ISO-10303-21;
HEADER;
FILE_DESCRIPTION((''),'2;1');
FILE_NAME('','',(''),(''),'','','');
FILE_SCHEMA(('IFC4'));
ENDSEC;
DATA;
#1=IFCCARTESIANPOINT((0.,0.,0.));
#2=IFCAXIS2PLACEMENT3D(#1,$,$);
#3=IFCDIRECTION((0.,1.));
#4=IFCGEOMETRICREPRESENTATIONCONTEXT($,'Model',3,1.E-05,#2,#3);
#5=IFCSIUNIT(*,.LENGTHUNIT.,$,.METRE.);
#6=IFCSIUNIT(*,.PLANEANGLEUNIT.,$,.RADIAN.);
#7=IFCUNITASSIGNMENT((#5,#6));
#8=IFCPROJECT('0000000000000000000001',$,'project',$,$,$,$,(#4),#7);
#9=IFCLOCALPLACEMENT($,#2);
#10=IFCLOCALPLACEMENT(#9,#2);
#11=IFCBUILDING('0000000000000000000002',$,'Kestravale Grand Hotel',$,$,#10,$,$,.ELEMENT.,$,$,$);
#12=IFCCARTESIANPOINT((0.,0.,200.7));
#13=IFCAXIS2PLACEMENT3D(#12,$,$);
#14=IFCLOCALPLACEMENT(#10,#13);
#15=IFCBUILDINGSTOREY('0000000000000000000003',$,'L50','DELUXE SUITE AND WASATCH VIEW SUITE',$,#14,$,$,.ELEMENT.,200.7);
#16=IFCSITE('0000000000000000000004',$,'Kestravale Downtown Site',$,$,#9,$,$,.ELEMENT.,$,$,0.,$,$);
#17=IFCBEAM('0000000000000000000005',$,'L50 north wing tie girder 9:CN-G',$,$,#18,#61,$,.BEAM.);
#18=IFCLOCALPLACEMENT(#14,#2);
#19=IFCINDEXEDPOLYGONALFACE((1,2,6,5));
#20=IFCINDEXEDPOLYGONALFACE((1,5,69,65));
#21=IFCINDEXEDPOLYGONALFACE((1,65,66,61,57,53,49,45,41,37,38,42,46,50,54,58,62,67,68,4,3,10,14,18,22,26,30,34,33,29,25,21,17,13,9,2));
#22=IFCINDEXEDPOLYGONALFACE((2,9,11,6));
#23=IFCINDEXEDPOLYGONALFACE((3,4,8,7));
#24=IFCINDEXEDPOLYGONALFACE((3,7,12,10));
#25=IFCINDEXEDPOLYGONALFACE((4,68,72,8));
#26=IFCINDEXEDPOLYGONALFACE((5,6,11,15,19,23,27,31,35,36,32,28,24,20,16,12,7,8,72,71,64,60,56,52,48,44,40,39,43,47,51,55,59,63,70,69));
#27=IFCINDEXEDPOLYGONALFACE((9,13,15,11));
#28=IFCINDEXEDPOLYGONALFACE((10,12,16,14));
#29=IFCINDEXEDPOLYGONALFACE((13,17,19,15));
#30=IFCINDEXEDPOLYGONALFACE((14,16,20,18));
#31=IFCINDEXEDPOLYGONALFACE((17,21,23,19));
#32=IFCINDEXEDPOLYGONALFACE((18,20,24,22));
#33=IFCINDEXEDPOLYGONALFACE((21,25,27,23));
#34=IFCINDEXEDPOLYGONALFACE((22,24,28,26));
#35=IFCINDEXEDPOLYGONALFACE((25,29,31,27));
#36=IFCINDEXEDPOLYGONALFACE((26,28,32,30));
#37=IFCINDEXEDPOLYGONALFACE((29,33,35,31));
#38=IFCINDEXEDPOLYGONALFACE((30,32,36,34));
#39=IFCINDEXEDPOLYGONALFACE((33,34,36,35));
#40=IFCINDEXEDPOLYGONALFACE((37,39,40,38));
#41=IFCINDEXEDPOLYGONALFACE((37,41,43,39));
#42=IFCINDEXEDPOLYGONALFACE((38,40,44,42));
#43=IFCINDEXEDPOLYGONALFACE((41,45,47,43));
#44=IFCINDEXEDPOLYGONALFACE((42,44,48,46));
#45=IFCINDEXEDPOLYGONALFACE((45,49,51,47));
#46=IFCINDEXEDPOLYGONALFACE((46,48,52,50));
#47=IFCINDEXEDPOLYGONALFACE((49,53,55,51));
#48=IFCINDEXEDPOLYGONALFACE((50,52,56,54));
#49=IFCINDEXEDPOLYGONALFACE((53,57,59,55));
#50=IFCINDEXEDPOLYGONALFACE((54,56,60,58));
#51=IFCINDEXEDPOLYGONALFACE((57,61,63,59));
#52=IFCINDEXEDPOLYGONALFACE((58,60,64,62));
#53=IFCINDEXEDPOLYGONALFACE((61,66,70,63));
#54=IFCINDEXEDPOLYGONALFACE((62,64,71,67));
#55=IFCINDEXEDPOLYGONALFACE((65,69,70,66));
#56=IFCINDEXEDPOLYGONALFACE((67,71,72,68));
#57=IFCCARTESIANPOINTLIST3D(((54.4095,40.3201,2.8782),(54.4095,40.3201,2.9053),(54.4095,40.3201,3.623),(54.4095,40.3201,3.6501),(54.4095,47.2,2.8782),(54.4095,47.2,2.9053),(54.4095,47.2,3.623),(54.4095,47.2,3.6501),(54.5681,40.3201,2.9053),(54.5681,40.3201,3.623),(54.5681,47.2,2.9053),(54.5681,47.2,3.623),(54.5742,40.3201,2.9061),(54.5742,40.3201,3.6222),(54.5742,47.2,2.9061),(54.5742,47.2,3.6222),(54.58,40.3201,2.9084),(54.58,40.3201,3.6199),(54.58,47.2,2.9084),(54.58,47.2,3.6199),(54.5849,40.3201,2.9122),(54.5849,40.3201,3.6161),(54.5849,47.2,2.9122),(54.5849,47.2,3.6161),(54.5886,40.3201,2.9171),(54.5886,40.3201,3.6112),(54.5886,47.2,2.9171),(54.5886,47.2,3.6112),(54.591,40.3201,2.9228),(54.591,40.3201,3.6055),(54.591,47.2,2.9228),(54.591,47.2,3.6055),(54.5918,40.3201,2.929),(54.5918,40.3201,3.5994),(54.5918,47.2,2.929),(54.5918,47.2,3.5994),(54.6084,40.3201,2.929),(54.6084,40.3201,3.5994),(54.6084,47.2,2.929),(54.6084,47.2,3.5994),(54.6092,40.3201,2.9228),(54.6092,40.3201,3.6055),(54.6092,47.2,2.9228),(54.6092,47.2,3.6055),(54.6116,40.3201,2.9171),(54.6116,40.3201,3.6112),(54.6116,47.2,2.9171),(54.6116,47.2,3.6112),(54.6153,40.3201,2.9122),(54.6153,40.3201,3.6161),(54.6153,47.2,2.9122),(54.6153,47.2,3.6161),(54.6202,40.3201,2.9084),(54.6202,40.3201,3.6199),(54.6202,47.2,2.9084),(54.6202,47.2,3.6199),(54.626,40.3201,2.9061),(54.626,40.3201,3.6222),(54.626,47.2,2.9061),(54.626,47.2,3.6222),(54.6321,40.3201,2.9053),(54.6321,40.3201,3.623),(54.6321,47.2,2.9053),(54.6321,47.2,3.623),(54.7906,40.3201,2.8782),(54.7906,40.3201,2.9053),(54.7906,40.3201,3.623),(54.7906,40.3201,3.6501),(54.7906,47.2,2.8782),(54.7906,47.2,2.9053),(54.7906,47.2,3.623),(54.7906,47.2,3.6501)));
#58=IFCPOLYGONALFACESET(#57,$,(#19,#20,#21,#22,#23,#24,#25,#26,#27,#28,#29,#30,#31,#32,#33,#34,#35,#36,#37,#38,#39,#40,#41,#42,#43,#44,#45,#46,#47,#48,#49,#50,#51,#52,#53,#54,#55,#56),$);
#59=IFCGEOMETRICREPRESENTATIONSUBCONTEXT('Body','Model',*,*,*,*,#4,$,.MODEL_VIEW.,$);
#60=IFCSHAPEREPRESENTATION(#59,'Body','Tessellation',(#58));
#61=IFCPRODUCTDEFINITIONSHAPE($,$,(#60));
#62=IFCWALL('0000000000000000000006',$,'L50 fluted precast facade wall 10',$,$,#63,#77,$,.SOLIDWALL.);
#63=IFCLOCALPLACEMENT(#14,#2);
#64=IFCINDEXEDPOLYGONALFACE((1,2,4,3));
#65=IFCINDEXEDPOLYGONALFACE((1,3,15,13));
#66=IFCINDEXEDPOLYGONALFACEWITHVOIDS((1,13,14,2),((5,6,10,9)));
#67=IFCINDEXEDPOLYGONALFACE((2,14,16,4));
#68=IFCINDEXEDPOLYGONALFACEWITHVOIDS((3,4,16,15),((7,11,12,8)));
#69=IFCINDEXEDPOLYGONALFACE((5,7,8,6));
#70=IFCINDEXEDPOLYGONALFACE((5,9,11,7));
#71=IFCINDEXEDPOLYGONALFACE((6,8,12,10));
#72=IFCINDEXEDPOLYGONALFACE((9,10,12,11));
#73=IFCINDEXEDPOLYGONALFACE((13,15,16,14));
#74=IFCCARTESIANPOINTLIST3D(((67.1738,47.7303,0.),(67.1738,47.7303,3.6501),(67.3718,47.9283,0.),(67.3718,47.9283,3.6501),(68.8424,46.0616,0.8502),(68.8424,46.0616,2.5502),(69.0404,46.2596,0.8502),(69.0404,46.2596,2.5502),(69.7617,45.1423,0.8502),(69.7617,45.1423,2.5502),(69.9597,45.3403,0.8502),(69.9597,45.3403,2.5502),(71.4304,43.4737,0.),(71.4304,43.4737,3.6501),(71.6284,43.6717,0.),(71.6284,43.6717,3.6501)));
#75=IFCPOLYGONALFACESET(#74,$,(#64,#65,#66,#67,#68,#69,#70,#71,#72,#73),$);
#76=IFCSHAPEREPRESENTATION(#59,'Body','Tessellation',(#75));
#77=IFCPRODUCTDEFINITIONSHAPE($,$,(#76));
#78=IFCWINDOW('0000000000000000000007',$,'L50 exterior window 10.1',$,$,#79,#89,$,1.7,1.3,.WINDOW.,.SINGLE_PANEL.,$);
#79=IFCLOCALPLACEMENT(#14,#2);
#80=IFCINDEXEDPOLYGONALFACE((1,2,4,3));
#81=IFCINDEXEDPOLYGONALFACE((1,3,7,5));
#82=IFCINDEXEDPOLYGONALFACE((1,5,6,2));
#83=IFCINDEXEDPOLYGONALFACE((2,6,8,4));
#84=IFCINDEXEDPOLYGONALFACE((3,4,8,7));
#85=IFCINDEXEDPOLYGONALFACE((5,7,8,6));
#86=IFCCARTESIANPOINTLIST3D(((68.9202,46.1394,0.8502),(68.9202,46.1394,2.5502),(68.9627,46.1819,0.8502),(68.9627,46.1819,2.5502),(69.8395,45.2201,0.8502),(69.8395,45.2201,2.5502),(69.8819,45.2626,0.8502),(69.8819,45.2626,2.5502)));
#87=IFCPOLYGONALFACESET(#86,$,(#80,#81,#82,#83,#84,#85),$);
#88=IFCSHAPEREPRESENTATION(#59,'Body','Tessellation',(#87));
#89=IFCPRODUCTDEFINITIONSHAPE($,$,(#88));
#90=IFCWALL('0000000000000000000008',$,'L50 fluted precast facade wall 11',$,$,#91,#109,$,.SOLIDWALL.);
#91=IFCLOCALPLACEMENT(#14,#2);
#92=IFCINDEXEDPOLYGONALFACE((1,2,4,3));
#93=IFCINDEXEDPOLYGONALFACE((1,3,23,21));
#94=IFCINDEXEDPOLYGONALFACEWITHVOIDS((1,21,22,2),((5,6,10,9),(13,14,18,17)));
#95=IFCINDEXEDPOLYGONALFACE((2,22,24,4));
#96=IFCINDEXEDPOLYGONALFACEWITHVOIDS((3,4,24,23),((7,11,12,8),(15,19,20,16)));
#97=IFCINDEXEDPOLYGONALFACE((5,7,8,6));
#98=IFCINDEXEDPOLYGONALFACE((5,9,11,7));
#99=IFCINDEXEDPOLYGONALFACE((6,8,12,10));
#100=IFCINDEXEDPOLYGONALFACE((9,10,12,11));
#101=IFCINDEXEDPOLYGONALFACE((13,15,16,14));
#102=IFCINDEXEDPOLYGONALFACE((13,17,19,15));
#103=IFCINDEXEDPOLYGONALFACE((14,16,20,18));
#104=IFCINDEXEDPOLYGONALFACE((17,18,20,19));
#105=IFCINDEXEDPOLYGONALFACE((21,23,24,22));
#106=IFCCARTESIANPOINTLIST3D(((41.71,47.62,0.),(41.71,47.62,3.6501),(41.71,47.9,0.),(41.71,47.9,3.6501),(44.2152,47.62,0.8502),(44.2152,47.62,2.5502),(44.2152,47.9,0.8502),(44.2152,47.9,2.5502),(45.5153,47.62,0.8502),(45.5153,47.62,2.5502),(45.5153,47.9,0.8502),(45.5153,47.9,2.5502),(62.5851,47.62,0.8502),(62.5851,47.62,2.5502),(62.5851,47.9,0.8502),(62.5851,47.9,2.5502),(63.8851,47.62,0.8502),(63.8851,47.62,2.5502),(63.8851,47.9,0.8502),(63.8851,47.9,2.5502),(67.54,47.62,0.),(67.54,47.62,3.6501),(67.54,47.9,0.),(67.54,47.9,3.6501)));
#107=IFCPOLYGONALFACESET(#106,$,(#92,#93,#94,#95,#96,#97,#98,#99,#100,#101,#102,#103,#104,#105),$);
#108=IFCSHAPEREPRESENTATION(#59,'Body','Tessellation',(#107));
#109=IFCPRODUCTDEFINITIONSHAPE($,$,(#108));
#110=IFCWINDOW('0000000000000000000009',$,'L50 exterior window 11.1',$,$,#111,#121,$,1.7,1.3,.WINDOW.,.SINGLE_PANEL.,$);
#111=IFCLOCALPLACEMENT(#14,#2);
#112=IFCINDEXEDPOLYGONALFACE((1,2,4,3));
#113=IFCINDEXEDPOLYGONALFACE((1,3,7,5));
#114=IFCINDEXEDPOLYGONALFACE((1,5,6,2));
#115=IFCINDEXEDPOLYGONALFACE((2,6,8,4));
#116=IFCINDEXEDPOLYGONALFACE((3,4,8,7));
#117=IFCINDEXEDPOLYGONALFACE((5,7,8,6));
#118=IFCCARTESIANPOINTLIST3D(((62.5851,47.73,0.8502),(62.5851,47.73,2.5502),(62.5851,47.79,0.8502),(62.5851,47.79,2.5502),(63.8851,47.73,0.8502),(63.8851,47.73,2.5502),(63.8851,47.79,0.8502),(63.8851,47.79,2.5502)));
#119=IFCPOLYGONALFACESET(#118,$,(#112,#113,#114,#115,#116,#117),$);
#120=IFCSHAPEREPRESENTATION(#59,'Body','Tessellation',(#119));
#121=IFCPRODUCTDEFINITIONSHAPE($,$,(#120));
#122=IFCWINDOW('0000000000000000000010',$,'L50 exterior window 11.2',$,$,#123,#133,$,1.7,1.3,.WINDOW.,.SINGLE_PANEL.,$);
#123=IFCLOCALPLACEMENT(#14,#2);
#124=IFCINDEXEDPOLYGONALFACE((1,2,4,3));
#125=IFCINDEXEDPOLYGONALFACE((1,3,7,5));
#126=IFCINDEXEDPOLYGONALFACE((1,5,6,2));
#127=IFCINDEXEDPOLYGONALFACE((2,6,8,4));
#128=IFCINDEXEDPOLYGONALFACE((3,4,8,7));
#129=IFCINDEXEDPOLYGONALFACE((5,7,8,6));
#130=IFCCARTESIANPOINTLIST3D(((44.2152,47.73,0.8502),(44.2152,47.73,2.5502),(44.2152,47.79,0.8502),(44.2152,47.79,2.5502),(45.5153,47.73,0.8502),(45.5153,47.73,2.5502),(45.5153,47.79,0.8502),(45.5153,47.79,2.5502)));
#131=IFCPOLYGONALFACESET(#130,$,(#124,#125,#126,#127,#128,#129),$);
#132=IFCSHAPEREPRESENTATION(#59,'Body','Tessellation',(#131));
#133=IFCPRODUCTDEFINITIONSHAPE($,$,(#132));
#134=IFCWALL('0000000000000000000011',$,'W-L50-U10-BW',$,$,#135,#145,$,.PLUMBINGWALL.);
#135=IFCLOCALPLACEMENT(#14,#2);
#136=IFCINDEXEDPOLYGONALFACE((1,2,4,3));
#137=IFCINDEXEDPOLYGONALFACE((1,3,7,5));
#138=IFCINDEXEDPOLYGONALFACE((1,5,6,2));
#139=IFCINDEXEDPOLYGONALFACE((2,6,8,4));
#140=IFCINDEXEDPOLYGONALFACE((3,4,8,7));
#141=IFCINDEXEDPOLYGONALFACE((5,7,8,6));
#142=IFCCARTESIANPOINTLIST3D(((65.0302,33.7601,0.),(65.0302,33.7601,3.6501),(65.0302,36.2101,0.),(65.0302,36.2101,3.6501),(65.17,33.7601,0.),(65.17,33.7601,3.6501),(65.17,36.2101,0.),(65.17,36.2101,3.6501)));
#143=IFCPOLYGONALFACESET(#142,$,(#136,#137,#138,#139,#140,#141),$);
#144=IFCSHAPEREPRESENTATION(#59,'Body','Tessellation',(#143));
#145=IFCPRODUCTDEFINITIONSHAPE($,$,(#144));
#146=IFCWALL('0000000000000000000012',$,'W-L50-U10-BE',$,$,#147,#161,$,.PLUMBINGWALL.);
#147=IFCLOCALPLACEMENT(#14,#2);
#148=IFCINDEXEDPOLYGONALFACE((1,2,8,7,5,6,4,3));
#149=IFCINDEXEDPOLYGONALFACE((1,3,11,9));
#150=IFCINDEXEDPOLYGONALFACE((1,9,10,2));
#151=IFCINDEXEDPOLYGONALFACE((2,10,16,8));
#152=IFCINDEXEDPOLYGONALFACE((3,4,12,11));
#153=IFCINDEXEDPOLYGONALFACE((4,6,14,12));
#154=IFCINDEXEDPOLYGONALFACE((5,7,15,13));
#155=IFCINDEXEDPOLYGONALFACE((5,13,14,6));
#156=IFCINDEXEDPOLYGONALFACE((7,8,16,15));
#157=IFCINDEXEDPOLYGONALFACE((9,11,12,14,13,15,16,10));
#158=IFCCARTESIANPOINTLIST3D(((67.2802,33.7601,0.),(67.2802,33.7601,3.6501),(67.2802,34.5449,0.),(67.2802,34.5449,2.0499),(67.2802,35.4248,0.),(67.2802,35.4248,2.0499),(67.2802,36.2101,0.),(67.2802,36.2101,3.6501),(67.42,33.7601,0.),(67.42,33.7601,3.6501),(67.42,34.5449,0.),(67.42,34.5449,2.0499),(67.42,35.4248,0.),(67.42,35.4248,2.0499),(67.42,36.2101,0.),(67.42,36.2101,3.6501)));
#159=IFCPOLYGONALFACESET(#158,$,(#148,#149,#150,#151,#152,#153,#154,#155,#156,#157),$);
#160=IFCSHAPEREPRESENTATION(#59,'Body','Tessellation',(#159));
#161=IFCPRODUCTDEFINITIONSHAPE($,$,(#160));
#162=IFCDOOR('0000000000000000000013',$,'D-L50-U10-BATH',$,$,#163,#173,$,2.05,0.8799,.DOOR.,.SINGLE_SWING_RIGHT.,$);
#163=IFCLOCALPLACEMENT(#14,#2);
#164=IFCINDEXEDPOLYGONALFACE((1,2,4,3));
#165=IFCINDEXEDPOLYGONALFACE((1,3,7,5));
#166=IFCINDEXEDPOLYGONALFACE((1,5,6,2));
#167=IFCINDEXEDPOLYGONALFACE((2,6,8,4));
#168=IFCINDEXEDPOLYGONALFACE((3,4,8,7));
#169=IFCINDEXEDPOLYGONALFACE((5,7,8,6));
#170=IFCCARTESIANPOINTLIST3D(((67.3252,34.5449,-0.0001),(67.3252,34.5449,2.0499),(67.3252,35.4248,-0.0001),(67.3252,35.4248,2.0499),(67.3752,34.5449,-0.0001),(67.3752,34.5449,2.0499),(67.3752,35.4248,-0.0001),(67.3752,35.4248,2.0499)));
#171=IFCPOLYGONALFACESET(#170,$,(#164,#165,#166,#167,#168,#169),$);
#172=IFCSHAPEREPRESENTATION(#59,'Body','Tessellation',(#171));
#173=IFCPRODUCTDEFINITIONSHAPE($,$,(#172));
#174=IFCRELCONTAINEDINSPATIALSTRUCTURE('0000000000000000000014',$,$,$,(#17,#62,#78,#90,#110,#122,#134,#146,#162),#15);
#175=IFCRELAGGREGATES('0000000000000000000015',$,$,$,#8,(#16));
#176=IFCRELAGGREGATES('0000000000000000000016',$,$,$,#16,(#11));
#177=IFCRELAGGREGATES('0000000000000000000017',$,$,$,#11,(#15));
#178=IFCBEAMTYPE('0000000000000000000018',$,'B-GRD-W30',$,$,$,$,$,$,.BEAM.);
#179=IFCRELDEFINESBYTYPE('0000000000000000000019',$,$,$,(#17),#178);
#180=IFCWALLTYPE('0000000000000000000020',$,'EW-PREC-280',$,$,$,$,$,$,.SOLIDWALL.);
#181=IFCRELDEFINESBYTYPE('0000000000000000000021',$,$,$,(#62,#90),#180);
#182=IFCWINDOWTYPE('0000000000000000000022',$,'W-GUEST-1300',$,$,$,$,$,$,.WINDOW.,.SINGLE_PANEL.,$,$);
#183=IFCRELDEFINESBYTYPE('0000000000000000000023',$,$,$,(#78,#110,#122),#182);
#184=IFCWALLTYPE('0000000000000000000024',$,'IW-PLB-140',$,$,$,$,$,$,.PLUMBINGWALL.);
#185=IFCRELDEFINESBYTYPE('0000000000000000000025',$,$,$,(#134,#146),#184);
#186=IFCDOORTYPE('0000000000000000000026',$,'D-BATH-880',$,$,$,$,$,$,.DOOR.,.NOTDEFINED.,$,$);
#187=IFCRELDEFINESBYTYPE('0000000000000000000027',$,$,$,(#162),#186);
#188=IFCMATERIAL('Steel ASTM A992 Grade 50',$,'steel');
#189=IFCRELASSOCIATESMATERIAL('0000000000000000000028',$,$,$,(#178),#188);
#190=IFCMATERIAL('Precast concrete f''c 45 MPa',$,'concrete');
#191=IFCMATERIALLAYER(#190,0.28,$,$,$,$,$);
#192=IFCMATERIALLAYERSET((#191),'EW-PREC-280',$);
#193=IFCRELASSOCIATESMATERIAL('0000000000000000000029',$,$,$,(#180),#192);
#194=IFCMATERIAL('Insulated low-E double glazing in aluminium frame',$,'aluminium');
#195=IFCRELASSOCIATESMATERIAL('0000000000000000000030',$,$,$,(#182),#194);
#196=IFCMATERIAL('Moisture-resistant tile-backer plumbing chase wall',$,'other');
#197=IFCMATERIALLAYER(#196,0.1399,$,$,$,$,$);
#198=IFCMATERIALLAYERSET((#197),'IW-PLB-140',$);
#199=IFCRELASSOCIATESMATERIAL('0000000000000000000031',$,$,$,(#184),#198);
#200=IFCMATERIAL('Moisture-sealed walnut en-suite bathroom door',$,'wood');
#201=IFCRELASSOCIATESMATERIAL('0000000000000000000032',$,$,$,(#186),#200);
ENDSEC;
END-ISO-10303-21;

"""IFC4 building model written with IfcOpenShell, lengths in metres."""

from ifc_helpers import new_model, si_unit, direction, frame, frame_2d, origin, origin_2d, place, context, subcontext, project, spatial, rectangle, i_section, extrude, material, layer, layer_set, material_profile, profile_set, type_object, element, fill, save


model = new_model("IFC4")

# Units and contexts
model_context = context("Model", 3, precision=1e-05, world=origin(), true_north=direction((0.0, 1.0)))
body_context = subcontext(model_context, "Body", "Model", "MODEL_VIEW")
ifc_project = project(units=[si_unit("LENGTHUNIT", "METRE"), si_unit("PLANEANGLEUNIT", "RADIAN")], contexts=[model_context])

# Site, building, storey
site_placement = place(None, origin())
site = spatial("IfcSite", under=ifc_project, at=site_placement, Name="Kestravale Downtown Site", CompositionType="ELEMENT", RefElevation=0.0)
building_placement = place(site_placement, origin())
building = spatial("IfcBuilding", under=site, at=building_placement, Name="Kestravale Grand Hotel", CompositionType="ELEMENT")
storey_placement = place(building_placement, frame((0.0, 0.0, 200.7)))
storey = spatial("IfcBuildingStorey", under=building, at=storey_placement, Name="L50", Description="DELUXE SUITE AND WASATCH VIEW SUITE", CompositionType="ELEMENT", Elevation=200.7)

# Beam
ifc_material_1 = material(Name="Steel ASTM A992 Grade 50", Category="steel")
ifc_material_profile_1 = material_profile(ifc_material_1, i_section(OverallWidth=0.3811, OverallDepth=0.772, WebThickness=0.0166, FlangeThickness=0.0271, FilletRadius=0.0237, at=origin_2d()))
ifc_profile_set_1 = profile_set([ifc_material_profile_1], Name="Steel ASTM A992 Grade 50")
beam_type_1 = type_object("IfcBeamType", Name="B-GRD-W30", PredefinedType="BEAM", material=ifc_profile_set_1)
beam_1_placement = place(storey_placement, frame((54.6001, 40.3201, 3.2642), z_axis=(0.0, 1.0, 0.0), x_axis=(-1.0, 0.0, 0.0)))
element("IfcBeam", 1, at=beam_1_placement, inside=storey, type_object=beam_type_1, Name="L50 north wing tie girder 9:CN-G", PredefinedType="BEAM", context=body_context, shape_type="SweptSolid", body=[
    extrude(i_section(OverallWidth=0.3811, OverallDepth=0.772, WebThickness=0.0166, FlangeThickness=0.0271, FilletRadius=0.0237, at=origin_2d()), origin(), (0.0, 0.0, 1.0), 6.8799),
])

# Wall, opening, window
ifc_material_2 = material(Name="Precast concrete f'c 45 MPa", Category="concrete")
ifc_layer_1 = layer(ifc_material_2, 0.28)
ifc_layer_set_1 = layer_set([ifc_layer_1], Name="EW-PREC-280")
wall_type_1 = type_object("IfcWallType", Name="EW-PREC-280", PredefinedType="SOLIDWALL", material=ifc_layer_set_1)
wall_1_placement = place(storey_placement, frame((71.5293, 43.5728, 0.0), z_axis=(0.0, 0.0, 1.0), x_axis=(-0.707107, 0.707107, 0.0)))
wall_1 = element("IfcWall", 2, at=wall_1_placement, inside=storey, type_object=wall_type_1, Name="L50 fluted precast facade wall 10", PredefinedType="SOLIDWALL", context=body_context, shape_type="SweptSolid", body=[
    extrude(rectangle(XDim=6.0198, YDim=0.28, at=frame_2d((3.0098, 0.0))), origin(), (0.0, 0.0, 1.0), 3.6501),
])
opening_1_placement = place(wall_1_placement, frame((2.3599, 0.0, 0.8501)))
opening_1 = element("IfcOpeningElement", 3, at=opening_1_placement, cuts=wall_1, PredefinedType="OPENING", context=body_context, shape_type="SweptSolid", body=[
    extrude(rectangle(XDim=1.3, YDim=1.7, at=frame_2d((0.6499, 0.8501))), frame((0.0, 0.1499, 0.0), z_axis=(0.0, -1.0, 0.0), x_axis=(1.0, 0.0, 0.0)), (0.0, 0.0, 1.0), 0.3),
])
ifc_material_3 = material(Name="Insulated low-E double glazing in aluminium frame", Category="aluminium")
window_type = type_object("IfcWindowType", Name="W-GUEST-1300", PartitioningType="SINGLE_PANEL", PredefinedType="WINDOW", material=ifc_material_3)
window_1_placement = place(opening_1_placement, origin())
window_1 = element("IfcWindow", 4, at=window_1_placement, inside=storey, type_object=window_type, Name="L50 exterior window 10.1", OverallHeight=1.7, OverallWidth=1.3, PartitioningType="SINGLE_PANEL", PredefinedType="WINDOW", context=body_context, shape_type="SweptSolid", body=[
    extrude(rectangle(XDim=1.3, YDim=1.7, at=frame_2d((0.6499, 0.8501))), frame((0.0, 0.03, 0.0), z_axis=(0.0, -1.0, 0.0), x_axis=(1.0, 0.0, 0.0)), (0.0, 0.0, 1.0), 0.0601),
])
fill(opening_1, window_1)

# Wall, openings, windows
wall_2_placement = place(storey_placement, frame((67.54, 47.76, 0.0), z_axis=(0.0, 0.0, 1.0), x_axis=(-1.0, 0.0, 0.0)))
wall_2 = element("IfcWall", 5, at=wall_2_placement, inside=storey, type_object=wall_type_1, Name="L50 fluted precast facade wall 11", PredefinedType="SOLIDWALL", context=body_context, shape_type="SweptSolid", body=[
    extrude(rectangle(XDim=25.8301, YDim=0.28, at=frame_2d((12.915, 0.0))), origin(), (0.0, 0.0, 1.0), 3.6501),
])
opening_2_placement = place(wall_2_placement, frame((3.655, 0.0, 0.8501)))
opening_2 = element("IfcOpeningElement", 6, at=opening_2_placement, cuts=wall_2, PredefinedType="OPENING", context=body_context, shape_type="SweptSolid", body=[
    extrude(rectangle(XDim=1.3, YDim=1.7, at=frame_2d((0.6499, 0.8501))), frame((0.0, 0.1499, 0.0), z_axis=(0.0, -1.0, 0.0), x_axis=(1.0, 0.0, 0.0)), (0.0, 0.0, 1.0), 0.3),
])
opening_3_placement = place(wall_2_placement, frame((22.0249, 0.0, 0.8501)))
opening_3 = element("IfcOpeningElement", 7, at=opening_3_placement, cuts=wall_2, PredefinedType="OPENING", context=body_context, shape_type="SweptSolid", body=[
    extrude(rectangle(XDim=1.3, YDim=1.7, at=frame_2d((0.6499, 0.8501))), frame((0.0, 0.1499, 0.0), z_axis=(0.0, -1.0, 0.0), x_axis=(1.0, 0.0, 0.0)), (0.0, 0.0, 1.0), 0.3),
])
window_2_placement = place(opening_2_placement, origin())
window_2 = element("IfcWindow", 8, at=window_2_placement, inside=storey, type_object=window_type, Name="L50 exterior window 11.1", OverallHeight=1.7, OverallWidth=1.3, PartitioningType="SINGLE_PANEL", PredefinedType="WINDOW", context=body_context, shape_type="SweptSolid", body=[
    extrude(rectangle(XDim=1.3, YDim=1.7, at=frame_2d((0.6499, 0.8501))), frame((0.0, 0.03, 0.0), z_axis=(0.0, -1.0, 0.0), x_axis=(1.0, 0.0, 0.0)), (0.0, 0.0, 1.0), 0.0601),
])
fill(opening_2, window_2)
window_3_placement = place(opening_3_placement, origin())
window_3 = element("IfcWindow", 9, at=window_3_placement, inside=storey, type_object=window_type, Name="L50 exterior window 11.2", OverallHeight=1.7, OverallWidth=1.3, PartitioningType="SINGLE_PANEL", PredefinedType="WINDOW", context=body_context, shape_type="SweptSolid", body=[
    extrude(rectangle(XDim=1.3, YDim=1.7, at=frame_2d((0.6499, 0.8501))), frame((0.0, 0.03, 0.0), z_axis=(0.0, -1.0, 0.0), x_axis=(1.0, 0.0, 0.0)), (0.0, 0.0, 1.0), 0.0601),
])
fill(opening_3, window_3)

# Wall
ifc_material_4 = material(Name="Moisture-resistant tile-backer plumbing chase wall", Category="other")
ifc_layer_2 = layer(ifc_material_4, 0.1399)
ifc_layer_set_2 = layer_set([ifc_layer_2], Name="IW-PLB-140")
wall_type_2 = type_object("IfcWallType", Name="IW-PLB-140", PredefinedType="PLUMBINGWALL", material=ifc_layer_set_2)
wall_3_placement = place(storey_placement, frame((65.1001, 33.76, 0.0), z_axis=(0.0, 0.0, 1.0), x_axis=(0.0, 1.0, 0.0)))
element("IfcWall", 10, at=wall_3_placement, inside=storey, type_object=wall_type_2, Name="W-L50-U10-BW", PredefinedType="PLUMBINGWALL", context=body_context, shape_type="SweptSolid", body=[
    extrude(rectangle(XDim=2.45, YDim=0.1399, at=frame_2d((1.2251, 0.0))), origin(), (0.0, 0.0, 1.0), 3.6501),
])

# Wall, opening, door
wall_4_placement = place(storey_placement, frame((67.3501, 33.76, 0.0), z_axis=(0.0, 0.0, 1.0), x_axis=(0.0, 1.0, 0.0)))
wall_4 = element("IfcWall", 11, at=wall_4_placement, inside=storey, type_object=wall_type_2, Name="W-L50-U10-BE", PredefinedType="PLUMBINGWALL", context=body_context, shape_type="SweptSolid", body=[
    extrude(rectangle(XDim=2.45, YDim=0.1399, at=frame_2d((1.2251, 0.0))), origin(), (0.0, 0.0, 1.0), 3.6501),
])
opening_4_placement = place(wall_4_placement, frame((0.7849, 0.0, 0.0)))
opening_4 = element("IfcOpeningElement", 12, at=opening_4_placement, cuts=wall_4, PredefinedType="OPENING", context=body_context, shape_type="SweptSolid", body=[
    extrude(rectangle(XDim=0.8799, YDim=2.05, at=frame_2d((0.4399, 1.0249))), frame((0.0, 0.0798, 0.0), z_axis=(0.0, -1.0, 0.0), x_axis=(1.0, 0.0, 0.0)), (0.0, 0.0, 1.0), 0.1599),
])
ifc_material_5 = material(Name="Moisture-sealed walnut en-suite bathroom door", Category="wood")
door_type_1 = type_object("IfcDoorType", Name="D-BATH-880", OperationType="NOTDEFINED", PredefinedType="DOOR", material=ifc_material_5)
door_1_placement = place(opening_4_placement, origin())
door_1 = element("IfcDoor", 13, at=door_1_placement, inside=storey, type_object=door_type_1, Name="D-L50-U10-BATH", OperationType="SINGLE_SWING_RIGHT", OverallHeight=2.05, OverallWidth=0.8799, PredefinedType="DOOR", context=body_context, shape_type="SweptSolid", body=[
    extrude(rectangle(XDim=0.8799, YDim=2.05, at=frame_2d((0.4399, 1.0249))), frame((0.0, 0.0249, 0.0), z_axis=(0.0, -1.0, 0.0), x_axis=(1.0, 0.0, 0.0)), (0.0, 0.0, 1.0), 0.05),
])
fill(opening_4, door_1)

save(model, "model.ifc")
